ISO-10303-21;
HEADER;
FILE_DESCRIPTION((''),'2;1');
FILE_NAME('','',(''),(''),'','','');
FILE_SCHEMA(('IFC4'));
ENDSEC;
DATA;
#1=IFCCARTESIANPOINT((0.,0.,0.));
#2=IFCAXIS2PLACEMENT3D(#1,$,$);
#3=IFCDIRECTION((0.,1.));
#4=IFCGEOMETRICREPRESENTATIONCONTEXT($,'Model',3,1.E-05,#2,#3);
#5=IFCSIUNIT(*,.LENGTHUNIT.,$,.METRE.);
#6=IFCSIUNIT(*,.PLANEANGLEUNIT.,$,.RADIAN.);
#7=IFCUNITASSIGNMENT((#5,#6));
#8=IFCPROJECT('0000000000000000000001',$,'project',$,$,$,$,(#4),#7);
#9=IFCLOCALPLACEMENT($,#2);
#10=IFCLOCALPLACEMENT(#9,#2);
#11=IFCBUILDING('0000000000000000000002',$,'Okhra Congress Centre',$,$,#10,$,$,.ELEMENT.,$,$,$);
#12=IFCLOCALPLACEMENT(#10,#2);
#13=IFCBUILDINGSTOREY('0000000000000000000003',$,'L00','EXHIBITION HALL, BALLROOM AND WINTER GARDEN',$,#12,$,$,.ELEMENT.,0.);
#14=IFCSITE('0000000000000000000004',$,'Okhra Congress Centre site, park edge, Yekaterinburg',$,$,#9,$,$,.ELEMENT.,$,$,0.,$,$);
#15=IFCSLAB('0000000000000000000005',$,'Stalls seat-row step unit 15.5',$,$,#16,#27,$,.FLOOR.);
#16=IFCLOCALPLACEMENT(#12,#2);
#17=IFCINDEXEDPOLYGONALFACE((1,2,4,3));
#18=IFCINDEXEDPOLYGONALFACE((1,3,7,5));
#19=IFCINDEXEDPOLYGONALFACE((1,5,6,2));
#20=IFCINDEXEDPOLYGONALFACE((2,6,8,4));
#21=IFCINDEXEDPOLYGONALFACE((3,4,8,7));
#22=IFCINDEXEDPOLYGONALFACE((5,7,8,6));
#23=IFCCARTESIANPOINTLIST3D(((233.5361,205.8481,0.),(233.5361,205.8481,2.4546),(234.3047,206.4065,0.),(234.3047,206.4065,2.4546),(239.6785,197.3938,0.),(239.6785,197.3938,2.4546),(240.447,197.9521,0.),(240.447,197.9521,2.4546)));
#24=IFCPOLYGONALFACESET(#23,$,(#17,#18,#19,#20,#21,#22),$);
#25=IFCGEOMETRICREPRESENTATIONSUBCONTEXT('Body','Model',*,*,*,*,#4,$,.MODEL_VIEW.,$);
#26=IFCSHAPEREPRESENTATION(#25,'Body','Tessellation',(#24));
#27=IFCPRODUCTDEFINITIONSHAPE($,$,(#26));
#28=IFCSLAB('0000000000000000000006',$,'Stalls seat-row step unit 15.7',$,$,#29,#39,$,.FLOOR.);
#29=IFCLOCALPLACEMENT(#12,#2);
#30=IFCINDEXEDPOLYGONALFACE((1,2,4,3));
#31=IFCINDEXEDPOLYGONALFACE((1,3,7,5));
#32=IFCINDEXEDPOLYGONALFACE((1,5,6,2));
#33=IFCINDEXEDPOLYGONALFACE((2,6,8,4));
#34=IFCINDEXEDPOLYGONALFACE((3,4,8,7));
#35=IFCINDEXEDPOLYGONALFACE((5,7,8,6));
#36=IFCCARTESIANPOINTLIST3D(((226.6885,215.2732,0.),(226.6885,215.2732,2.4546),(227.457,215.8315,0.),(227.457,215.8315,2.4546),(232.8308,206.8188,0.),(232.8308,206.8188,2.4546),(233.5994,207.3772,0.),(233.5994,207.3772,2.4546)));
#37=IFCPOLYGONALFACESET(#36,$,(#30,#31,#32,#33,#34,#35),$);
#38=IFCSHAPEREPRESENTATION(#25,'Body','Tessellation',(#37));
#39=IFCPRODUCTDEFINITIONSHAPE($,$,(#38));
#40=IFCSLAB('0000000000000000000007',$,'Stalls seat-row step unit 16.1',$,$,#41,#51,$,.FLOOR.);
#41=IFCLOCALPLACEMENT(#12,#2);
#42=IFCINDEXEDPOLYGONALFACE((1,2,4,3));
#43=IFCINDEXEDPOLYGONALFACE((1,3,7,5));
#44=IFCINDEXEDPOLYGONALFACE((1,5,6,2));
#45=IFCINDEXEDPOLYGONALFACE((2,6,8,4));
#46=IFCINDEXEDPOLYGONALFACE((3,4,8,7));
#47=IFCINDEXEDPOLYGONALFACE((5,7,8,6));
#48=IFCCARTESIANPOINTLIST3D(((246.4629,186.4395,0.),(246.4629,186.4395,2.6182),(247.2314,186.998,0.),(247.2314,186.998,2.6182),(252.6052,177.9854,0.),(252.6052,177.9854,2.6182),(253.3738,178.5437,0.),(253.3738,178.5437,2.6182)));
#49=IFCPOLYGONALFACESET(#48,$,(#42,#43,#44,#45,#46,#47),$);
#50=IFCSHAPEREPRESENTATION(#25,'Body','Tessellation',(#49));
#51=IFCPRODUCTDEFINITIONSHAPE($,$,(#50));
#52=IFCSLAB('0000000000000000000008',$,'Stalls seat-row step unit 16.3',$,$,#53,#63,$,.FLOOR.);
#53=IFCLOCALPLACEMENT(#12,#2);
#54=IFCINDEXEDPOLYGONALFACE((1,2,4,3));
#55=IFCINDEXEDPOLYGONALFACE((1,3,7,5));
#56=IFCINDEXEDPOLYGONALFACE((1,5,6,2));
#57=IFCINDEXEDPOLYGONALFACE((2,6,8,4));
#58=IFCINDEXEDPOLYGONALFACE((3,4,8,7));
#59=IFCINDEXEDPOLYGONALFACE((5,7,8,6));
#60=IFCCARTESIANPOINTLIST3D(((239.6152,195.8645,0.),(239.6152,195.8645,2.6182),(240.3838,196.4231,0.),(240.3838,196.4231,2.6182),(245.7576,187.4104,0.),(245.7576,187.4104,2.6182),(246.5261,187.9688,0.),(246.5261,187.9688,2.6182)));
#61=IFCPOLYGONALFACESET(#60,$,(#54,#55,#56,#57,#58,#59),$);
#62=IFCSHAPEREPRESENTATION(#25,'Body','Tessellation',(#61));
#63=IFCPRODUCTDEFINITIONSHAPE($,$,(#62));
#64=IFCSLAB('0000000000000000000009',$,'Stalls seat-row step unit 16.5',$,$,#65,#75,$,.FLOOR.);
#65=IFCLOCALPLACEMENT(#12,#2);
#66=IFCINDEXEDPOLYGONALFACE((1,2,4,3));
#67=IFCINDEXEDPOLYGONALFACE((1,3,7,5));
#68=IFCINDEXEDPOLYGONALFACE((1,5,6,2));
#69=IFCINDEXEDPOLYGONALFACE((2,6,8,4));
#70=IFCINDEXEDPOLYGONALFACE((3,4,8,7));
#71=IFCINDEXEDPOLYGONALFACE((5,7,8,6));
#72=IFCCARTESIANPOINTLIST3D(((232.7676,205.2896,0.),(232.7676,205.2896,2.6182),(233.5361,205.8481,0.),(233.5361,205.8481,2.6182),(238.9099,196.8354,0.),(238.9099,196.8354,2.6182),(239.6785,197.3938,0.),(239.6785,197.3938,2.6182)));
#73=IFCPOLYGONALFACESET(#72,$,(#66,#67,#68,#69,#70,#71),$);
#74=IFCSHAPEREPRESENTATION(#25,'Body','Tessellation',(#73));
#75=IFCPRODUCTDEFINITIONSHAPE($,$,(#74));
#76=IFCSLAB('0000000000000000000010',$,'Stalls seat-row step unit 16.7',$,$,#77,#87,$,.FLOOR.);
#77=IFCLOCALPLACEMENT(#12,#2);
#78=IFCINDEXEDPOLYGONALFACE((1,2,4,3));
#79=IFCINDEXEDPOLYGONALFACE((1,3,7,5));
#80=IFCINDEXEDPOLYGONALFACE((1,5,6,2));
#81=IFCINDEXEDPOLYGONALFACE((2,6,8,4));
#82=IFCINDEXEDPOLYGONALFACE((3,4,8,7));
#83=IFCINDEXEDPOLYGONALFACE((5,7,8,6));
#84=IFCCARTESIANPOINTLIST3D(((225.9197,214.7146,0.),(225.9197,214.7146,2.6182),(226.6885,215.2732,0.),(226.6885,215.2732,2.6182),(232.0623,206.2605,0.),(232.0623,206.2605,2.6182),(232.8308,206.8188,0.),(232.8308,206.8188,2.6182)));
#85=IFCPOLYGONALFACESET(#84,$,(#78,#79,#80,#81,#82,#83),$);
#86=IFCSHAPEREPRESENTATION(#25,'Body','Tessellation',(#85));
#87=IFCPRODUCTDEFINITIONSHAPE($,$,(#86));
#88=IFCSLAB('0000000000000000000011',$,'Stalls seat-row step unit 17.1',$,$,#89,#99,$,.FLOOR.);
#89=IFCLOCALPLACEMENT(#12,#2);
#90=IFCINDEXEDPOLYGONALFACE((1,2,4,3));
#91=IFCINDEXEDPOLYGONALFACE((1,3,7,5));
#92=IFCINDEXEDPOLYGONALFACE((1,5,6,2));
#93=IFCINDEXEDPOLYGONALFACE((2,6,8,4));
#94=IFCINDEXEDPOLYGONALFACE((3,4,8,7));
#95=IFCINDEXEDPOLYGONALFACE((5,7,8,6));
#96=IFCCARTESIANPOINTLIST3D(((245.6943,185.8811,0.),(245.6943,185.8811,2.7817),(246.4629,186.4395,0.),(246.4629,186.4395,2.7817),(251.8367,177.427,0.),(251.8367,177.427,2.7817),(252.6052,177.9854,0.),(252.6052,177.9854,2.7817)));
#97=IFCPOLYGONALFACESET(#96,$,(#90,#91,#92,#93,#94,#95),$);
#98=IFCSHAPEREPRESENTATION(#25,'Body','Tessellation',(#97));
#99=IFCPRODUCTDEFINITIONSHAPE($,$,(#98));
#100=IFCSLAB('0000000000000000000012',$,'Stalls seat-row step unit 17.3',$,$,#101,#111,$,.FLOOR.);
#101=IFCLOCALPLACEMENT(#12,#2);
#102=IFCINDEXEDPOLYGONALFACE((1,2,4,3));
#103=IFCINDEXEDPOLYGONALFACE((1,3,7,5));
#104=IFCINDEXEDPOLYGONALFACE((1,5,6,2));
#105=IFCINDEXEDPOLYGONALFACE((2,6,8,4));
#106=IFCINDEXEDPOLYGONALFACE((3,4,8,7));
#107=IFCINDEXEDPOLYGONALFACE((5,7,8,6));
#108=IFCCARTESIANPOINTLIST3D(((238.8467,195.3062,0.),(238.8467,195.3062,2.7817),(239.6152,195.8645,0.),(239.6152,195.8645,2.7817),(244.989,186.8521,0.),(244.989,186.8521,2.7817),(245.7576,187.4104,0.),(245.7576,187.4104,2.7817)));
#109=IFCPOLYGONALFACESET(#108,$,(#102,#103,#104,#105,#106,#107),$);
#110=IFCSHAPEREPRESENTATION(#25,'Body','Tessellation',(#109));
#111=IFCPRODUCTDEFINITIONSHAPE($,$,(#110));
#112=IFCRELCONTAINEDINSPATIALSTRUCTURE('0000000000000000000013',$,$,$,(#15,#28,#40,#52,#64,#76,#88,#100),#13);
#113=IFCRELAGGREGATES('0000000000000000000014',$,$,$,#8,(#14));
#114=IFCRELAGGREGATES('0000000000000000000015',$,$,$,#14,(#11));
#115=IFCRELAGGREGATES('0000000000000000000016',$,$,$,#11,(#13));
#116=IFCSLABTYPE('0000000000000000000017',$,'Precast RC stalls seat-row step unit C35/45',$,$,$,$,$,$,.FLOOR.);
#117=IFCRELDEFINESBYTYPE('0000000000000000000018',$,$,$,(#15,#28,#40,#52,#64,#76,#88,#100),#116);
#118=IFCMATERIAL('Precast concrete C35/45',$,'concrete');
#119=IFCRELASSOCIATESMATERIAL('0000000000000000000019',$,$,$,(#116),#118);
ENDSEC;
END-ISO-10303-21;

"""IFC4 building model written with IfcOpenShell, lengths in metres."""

from ifc_helpers import new_model, si_unit, direction, origin, place, context, subcontext, project, spatial, polyline, outline, extrude, material, type_object, element, save


model = new_model("IFC4")

# Units and contexts
model_context = context("Model", 3, precision=1e-05, world=origin(), true_north=direction((0.0, 1.0)))
body_context = subcontext(model_context, "Body", "Model", "MODEL_VIEW")
ifc_project = project(units=[si_unit("LENGTHUNIT", "METRE"), si_unit("PLANEANGLEUNIT", "RADIAN")], contexts=[model_context])

# Site, building, storey
site_placement = place(None, origin())
site = spatial("IfcSite", under=ifc_project, at=site_placement, Name="Okhra Congress Centre site, park edge, Yekaterinburg", CompositionType="ELEMENT", RefElevation=0.0)
building_placement = place(site_placement, origin())
building = spatial("IfcBuilding", under=site, at=building_placement, Name="Okhra Congress Centre", CompositionType="ELEMENT")
storey_placement = place(building_placement, origin())
storey = spatial("IfcBuildingStorey", under=building, at=storey_placement, Name="L00", Description="EXHIBITION HALL, BALLROOM AND WINTER GARDEN", CompositionType="ELEMENT", Elevation=0.0)

# Slabs
ifc_material_1 = material(Name="Precast concrete C35/45", Category="concrete")
slab_type_1 = type_object("IfcSlabType", Name="Precast RC stalls seat-row step unit C35/45", PredefinedType="FLOOR", material=ifc_material_1)
slab_1_placement = place(storey_placement, origin())
element("IfcSlab", 1, at=slab_1_placement, inside=storey, type_object=slab_type_1, Name="Stalls seat-row step unit 15.5", PredefinedType="FLOOR", context=body_context, shape_type="SweptSolid", body=[
    extrude(outline(polyline([(239.6785, 197.3938), (240.447, 197.9521), (234.3047, 206.4065), (233.5361, 205.8481), (239.6785, 197.3938)])), origin(), (0.0, 0.0, 1.0), 2.4546),
])
slab_2_placement = place(storey_placement, origin())
element("IfcSlab", 2, at=slab_2_placement, inside=storey, type_object=slab_type_1, Name="Stalls seat-row step unit 15.7", PredefinedType="FLOOR", context=body_context, shape_type="SweptSolid", body=[
    extrude(outline(polyline([(232.8308, 206.8188), (233.5994, 207.3772), (227.457, 215.8315), (226.6885, 215.2732), (232.8308, 206.8188)])), origin(), (0.0, 0.0, 1.0), 2.4546),
])
slab_3_placement = place(storey_placement, origin())
element("IfcSlab", 3, at=slab_3_placement, inside=storey, type_object=slab_type_1, Name="Stalls seat-row step unit 16.1", PredefinedType="FLOOR", context=body_context, shape_type="SweptSolid", body=[
    extrude(outline(polyline([(252.6052, 177.9854), (253.3738, 178.5437), (247.2314, 186.998), (246.4629, 186.4395), (252.6052, 177.9854)])), origin(), (0.0, 0.0, 1.0), 2.6182),
])
slab_4_placement = place(storey_placement, origin())
element("IfcSlab", 4, at=slab_4_placement, inside=storey, type_object=slab_type_1, Name="Stalls seat-row step unit 16.3", PredefinedType="FLOOR", context=body_context, shape_type="SweptSolid", body=[
    extrude(outline(polyline([(245.7576, 187.4104), (246.5261, 187.9688), (240.3838, 196.4231), (239.6152, 195.8645), (245.7576, 187.4104)])), origin(), (0.0, 0.0, 1.0), 2.6182),
])
slab_5_placement = place(storey_placement, origin())
element("IfcSlab", 5, at=slab_5_placement, inside=storey, type_object=slab_type_1, Name="Stalls seat-row step unit 16.5", PredefinedType="FLOOR", context=body_context, shape_type="SweptSolid", body=[
    extrude(outline(polyline([(238.9099, 196.8354), (239.6785, 197.3938), (233.5361, 205.8481), (232.7676, 205.2896), (238.9099, 196.8354)])), origin(), (0.0, 0.0, 1.0), 2.6182),
])
slab_6_placement = place(storey_placement, origin())
element("IfcSlab", 6, at=slab_6_placement, inside=storey, type_object=slab_type_1, Name="Stalls seat-row step unit 16.7", PredefinedType="FLOOR", context=body_context, shape_type="SweptSolid", body=[
    extrude(outline(polyline([(232.0623, 206.2605), (232.8308, 206.8188), (226.6885, 215.2732), (225.9197, 214.7146), (232.0623, 206.2605)])), origin(), (0.0, 0.0, 1.0), 2.6182),
])
slab_7_placement = place(storey_placement, origin())
element("IfcSlab", 7, at=slab_7_placement, inside=storey, type_object=slab_type_1, Name="Stalls seat-row step unit 17.1", PredefinedType="FLOOR", context=body_context, shape_type="SweptSolid", body=[
    extrude(outline(polyline([(251.8367, 177.427), (252.6052, 177.9854), (246.4629, 186.4395), (245.6943, 185.8811), (251.8367, 177.427)])), origin(), (0.0, 0.0, 1.0), 2.7817),
])
slab_8_placement = place(storey_placement, origin())
element("IfcSlab", 8, at=slab_8_placement, inside=storey, type_object=slab_type_1, Name="Stalls seat-row step unit 17.3", PredefinedType="FLOOR", context=body_context, shape_type="SweptSolid", body=[
    extrude(outline(polyline([(244.989, 186.8521), (245.7576, 187.4104), (239.6152, 195.8645), (238.8467, 195.3062), (244.989, 186.8521)])), origin(), (0.0, 0.0, 1.0), 2.7817),
])

save(model, "model.ifc")
